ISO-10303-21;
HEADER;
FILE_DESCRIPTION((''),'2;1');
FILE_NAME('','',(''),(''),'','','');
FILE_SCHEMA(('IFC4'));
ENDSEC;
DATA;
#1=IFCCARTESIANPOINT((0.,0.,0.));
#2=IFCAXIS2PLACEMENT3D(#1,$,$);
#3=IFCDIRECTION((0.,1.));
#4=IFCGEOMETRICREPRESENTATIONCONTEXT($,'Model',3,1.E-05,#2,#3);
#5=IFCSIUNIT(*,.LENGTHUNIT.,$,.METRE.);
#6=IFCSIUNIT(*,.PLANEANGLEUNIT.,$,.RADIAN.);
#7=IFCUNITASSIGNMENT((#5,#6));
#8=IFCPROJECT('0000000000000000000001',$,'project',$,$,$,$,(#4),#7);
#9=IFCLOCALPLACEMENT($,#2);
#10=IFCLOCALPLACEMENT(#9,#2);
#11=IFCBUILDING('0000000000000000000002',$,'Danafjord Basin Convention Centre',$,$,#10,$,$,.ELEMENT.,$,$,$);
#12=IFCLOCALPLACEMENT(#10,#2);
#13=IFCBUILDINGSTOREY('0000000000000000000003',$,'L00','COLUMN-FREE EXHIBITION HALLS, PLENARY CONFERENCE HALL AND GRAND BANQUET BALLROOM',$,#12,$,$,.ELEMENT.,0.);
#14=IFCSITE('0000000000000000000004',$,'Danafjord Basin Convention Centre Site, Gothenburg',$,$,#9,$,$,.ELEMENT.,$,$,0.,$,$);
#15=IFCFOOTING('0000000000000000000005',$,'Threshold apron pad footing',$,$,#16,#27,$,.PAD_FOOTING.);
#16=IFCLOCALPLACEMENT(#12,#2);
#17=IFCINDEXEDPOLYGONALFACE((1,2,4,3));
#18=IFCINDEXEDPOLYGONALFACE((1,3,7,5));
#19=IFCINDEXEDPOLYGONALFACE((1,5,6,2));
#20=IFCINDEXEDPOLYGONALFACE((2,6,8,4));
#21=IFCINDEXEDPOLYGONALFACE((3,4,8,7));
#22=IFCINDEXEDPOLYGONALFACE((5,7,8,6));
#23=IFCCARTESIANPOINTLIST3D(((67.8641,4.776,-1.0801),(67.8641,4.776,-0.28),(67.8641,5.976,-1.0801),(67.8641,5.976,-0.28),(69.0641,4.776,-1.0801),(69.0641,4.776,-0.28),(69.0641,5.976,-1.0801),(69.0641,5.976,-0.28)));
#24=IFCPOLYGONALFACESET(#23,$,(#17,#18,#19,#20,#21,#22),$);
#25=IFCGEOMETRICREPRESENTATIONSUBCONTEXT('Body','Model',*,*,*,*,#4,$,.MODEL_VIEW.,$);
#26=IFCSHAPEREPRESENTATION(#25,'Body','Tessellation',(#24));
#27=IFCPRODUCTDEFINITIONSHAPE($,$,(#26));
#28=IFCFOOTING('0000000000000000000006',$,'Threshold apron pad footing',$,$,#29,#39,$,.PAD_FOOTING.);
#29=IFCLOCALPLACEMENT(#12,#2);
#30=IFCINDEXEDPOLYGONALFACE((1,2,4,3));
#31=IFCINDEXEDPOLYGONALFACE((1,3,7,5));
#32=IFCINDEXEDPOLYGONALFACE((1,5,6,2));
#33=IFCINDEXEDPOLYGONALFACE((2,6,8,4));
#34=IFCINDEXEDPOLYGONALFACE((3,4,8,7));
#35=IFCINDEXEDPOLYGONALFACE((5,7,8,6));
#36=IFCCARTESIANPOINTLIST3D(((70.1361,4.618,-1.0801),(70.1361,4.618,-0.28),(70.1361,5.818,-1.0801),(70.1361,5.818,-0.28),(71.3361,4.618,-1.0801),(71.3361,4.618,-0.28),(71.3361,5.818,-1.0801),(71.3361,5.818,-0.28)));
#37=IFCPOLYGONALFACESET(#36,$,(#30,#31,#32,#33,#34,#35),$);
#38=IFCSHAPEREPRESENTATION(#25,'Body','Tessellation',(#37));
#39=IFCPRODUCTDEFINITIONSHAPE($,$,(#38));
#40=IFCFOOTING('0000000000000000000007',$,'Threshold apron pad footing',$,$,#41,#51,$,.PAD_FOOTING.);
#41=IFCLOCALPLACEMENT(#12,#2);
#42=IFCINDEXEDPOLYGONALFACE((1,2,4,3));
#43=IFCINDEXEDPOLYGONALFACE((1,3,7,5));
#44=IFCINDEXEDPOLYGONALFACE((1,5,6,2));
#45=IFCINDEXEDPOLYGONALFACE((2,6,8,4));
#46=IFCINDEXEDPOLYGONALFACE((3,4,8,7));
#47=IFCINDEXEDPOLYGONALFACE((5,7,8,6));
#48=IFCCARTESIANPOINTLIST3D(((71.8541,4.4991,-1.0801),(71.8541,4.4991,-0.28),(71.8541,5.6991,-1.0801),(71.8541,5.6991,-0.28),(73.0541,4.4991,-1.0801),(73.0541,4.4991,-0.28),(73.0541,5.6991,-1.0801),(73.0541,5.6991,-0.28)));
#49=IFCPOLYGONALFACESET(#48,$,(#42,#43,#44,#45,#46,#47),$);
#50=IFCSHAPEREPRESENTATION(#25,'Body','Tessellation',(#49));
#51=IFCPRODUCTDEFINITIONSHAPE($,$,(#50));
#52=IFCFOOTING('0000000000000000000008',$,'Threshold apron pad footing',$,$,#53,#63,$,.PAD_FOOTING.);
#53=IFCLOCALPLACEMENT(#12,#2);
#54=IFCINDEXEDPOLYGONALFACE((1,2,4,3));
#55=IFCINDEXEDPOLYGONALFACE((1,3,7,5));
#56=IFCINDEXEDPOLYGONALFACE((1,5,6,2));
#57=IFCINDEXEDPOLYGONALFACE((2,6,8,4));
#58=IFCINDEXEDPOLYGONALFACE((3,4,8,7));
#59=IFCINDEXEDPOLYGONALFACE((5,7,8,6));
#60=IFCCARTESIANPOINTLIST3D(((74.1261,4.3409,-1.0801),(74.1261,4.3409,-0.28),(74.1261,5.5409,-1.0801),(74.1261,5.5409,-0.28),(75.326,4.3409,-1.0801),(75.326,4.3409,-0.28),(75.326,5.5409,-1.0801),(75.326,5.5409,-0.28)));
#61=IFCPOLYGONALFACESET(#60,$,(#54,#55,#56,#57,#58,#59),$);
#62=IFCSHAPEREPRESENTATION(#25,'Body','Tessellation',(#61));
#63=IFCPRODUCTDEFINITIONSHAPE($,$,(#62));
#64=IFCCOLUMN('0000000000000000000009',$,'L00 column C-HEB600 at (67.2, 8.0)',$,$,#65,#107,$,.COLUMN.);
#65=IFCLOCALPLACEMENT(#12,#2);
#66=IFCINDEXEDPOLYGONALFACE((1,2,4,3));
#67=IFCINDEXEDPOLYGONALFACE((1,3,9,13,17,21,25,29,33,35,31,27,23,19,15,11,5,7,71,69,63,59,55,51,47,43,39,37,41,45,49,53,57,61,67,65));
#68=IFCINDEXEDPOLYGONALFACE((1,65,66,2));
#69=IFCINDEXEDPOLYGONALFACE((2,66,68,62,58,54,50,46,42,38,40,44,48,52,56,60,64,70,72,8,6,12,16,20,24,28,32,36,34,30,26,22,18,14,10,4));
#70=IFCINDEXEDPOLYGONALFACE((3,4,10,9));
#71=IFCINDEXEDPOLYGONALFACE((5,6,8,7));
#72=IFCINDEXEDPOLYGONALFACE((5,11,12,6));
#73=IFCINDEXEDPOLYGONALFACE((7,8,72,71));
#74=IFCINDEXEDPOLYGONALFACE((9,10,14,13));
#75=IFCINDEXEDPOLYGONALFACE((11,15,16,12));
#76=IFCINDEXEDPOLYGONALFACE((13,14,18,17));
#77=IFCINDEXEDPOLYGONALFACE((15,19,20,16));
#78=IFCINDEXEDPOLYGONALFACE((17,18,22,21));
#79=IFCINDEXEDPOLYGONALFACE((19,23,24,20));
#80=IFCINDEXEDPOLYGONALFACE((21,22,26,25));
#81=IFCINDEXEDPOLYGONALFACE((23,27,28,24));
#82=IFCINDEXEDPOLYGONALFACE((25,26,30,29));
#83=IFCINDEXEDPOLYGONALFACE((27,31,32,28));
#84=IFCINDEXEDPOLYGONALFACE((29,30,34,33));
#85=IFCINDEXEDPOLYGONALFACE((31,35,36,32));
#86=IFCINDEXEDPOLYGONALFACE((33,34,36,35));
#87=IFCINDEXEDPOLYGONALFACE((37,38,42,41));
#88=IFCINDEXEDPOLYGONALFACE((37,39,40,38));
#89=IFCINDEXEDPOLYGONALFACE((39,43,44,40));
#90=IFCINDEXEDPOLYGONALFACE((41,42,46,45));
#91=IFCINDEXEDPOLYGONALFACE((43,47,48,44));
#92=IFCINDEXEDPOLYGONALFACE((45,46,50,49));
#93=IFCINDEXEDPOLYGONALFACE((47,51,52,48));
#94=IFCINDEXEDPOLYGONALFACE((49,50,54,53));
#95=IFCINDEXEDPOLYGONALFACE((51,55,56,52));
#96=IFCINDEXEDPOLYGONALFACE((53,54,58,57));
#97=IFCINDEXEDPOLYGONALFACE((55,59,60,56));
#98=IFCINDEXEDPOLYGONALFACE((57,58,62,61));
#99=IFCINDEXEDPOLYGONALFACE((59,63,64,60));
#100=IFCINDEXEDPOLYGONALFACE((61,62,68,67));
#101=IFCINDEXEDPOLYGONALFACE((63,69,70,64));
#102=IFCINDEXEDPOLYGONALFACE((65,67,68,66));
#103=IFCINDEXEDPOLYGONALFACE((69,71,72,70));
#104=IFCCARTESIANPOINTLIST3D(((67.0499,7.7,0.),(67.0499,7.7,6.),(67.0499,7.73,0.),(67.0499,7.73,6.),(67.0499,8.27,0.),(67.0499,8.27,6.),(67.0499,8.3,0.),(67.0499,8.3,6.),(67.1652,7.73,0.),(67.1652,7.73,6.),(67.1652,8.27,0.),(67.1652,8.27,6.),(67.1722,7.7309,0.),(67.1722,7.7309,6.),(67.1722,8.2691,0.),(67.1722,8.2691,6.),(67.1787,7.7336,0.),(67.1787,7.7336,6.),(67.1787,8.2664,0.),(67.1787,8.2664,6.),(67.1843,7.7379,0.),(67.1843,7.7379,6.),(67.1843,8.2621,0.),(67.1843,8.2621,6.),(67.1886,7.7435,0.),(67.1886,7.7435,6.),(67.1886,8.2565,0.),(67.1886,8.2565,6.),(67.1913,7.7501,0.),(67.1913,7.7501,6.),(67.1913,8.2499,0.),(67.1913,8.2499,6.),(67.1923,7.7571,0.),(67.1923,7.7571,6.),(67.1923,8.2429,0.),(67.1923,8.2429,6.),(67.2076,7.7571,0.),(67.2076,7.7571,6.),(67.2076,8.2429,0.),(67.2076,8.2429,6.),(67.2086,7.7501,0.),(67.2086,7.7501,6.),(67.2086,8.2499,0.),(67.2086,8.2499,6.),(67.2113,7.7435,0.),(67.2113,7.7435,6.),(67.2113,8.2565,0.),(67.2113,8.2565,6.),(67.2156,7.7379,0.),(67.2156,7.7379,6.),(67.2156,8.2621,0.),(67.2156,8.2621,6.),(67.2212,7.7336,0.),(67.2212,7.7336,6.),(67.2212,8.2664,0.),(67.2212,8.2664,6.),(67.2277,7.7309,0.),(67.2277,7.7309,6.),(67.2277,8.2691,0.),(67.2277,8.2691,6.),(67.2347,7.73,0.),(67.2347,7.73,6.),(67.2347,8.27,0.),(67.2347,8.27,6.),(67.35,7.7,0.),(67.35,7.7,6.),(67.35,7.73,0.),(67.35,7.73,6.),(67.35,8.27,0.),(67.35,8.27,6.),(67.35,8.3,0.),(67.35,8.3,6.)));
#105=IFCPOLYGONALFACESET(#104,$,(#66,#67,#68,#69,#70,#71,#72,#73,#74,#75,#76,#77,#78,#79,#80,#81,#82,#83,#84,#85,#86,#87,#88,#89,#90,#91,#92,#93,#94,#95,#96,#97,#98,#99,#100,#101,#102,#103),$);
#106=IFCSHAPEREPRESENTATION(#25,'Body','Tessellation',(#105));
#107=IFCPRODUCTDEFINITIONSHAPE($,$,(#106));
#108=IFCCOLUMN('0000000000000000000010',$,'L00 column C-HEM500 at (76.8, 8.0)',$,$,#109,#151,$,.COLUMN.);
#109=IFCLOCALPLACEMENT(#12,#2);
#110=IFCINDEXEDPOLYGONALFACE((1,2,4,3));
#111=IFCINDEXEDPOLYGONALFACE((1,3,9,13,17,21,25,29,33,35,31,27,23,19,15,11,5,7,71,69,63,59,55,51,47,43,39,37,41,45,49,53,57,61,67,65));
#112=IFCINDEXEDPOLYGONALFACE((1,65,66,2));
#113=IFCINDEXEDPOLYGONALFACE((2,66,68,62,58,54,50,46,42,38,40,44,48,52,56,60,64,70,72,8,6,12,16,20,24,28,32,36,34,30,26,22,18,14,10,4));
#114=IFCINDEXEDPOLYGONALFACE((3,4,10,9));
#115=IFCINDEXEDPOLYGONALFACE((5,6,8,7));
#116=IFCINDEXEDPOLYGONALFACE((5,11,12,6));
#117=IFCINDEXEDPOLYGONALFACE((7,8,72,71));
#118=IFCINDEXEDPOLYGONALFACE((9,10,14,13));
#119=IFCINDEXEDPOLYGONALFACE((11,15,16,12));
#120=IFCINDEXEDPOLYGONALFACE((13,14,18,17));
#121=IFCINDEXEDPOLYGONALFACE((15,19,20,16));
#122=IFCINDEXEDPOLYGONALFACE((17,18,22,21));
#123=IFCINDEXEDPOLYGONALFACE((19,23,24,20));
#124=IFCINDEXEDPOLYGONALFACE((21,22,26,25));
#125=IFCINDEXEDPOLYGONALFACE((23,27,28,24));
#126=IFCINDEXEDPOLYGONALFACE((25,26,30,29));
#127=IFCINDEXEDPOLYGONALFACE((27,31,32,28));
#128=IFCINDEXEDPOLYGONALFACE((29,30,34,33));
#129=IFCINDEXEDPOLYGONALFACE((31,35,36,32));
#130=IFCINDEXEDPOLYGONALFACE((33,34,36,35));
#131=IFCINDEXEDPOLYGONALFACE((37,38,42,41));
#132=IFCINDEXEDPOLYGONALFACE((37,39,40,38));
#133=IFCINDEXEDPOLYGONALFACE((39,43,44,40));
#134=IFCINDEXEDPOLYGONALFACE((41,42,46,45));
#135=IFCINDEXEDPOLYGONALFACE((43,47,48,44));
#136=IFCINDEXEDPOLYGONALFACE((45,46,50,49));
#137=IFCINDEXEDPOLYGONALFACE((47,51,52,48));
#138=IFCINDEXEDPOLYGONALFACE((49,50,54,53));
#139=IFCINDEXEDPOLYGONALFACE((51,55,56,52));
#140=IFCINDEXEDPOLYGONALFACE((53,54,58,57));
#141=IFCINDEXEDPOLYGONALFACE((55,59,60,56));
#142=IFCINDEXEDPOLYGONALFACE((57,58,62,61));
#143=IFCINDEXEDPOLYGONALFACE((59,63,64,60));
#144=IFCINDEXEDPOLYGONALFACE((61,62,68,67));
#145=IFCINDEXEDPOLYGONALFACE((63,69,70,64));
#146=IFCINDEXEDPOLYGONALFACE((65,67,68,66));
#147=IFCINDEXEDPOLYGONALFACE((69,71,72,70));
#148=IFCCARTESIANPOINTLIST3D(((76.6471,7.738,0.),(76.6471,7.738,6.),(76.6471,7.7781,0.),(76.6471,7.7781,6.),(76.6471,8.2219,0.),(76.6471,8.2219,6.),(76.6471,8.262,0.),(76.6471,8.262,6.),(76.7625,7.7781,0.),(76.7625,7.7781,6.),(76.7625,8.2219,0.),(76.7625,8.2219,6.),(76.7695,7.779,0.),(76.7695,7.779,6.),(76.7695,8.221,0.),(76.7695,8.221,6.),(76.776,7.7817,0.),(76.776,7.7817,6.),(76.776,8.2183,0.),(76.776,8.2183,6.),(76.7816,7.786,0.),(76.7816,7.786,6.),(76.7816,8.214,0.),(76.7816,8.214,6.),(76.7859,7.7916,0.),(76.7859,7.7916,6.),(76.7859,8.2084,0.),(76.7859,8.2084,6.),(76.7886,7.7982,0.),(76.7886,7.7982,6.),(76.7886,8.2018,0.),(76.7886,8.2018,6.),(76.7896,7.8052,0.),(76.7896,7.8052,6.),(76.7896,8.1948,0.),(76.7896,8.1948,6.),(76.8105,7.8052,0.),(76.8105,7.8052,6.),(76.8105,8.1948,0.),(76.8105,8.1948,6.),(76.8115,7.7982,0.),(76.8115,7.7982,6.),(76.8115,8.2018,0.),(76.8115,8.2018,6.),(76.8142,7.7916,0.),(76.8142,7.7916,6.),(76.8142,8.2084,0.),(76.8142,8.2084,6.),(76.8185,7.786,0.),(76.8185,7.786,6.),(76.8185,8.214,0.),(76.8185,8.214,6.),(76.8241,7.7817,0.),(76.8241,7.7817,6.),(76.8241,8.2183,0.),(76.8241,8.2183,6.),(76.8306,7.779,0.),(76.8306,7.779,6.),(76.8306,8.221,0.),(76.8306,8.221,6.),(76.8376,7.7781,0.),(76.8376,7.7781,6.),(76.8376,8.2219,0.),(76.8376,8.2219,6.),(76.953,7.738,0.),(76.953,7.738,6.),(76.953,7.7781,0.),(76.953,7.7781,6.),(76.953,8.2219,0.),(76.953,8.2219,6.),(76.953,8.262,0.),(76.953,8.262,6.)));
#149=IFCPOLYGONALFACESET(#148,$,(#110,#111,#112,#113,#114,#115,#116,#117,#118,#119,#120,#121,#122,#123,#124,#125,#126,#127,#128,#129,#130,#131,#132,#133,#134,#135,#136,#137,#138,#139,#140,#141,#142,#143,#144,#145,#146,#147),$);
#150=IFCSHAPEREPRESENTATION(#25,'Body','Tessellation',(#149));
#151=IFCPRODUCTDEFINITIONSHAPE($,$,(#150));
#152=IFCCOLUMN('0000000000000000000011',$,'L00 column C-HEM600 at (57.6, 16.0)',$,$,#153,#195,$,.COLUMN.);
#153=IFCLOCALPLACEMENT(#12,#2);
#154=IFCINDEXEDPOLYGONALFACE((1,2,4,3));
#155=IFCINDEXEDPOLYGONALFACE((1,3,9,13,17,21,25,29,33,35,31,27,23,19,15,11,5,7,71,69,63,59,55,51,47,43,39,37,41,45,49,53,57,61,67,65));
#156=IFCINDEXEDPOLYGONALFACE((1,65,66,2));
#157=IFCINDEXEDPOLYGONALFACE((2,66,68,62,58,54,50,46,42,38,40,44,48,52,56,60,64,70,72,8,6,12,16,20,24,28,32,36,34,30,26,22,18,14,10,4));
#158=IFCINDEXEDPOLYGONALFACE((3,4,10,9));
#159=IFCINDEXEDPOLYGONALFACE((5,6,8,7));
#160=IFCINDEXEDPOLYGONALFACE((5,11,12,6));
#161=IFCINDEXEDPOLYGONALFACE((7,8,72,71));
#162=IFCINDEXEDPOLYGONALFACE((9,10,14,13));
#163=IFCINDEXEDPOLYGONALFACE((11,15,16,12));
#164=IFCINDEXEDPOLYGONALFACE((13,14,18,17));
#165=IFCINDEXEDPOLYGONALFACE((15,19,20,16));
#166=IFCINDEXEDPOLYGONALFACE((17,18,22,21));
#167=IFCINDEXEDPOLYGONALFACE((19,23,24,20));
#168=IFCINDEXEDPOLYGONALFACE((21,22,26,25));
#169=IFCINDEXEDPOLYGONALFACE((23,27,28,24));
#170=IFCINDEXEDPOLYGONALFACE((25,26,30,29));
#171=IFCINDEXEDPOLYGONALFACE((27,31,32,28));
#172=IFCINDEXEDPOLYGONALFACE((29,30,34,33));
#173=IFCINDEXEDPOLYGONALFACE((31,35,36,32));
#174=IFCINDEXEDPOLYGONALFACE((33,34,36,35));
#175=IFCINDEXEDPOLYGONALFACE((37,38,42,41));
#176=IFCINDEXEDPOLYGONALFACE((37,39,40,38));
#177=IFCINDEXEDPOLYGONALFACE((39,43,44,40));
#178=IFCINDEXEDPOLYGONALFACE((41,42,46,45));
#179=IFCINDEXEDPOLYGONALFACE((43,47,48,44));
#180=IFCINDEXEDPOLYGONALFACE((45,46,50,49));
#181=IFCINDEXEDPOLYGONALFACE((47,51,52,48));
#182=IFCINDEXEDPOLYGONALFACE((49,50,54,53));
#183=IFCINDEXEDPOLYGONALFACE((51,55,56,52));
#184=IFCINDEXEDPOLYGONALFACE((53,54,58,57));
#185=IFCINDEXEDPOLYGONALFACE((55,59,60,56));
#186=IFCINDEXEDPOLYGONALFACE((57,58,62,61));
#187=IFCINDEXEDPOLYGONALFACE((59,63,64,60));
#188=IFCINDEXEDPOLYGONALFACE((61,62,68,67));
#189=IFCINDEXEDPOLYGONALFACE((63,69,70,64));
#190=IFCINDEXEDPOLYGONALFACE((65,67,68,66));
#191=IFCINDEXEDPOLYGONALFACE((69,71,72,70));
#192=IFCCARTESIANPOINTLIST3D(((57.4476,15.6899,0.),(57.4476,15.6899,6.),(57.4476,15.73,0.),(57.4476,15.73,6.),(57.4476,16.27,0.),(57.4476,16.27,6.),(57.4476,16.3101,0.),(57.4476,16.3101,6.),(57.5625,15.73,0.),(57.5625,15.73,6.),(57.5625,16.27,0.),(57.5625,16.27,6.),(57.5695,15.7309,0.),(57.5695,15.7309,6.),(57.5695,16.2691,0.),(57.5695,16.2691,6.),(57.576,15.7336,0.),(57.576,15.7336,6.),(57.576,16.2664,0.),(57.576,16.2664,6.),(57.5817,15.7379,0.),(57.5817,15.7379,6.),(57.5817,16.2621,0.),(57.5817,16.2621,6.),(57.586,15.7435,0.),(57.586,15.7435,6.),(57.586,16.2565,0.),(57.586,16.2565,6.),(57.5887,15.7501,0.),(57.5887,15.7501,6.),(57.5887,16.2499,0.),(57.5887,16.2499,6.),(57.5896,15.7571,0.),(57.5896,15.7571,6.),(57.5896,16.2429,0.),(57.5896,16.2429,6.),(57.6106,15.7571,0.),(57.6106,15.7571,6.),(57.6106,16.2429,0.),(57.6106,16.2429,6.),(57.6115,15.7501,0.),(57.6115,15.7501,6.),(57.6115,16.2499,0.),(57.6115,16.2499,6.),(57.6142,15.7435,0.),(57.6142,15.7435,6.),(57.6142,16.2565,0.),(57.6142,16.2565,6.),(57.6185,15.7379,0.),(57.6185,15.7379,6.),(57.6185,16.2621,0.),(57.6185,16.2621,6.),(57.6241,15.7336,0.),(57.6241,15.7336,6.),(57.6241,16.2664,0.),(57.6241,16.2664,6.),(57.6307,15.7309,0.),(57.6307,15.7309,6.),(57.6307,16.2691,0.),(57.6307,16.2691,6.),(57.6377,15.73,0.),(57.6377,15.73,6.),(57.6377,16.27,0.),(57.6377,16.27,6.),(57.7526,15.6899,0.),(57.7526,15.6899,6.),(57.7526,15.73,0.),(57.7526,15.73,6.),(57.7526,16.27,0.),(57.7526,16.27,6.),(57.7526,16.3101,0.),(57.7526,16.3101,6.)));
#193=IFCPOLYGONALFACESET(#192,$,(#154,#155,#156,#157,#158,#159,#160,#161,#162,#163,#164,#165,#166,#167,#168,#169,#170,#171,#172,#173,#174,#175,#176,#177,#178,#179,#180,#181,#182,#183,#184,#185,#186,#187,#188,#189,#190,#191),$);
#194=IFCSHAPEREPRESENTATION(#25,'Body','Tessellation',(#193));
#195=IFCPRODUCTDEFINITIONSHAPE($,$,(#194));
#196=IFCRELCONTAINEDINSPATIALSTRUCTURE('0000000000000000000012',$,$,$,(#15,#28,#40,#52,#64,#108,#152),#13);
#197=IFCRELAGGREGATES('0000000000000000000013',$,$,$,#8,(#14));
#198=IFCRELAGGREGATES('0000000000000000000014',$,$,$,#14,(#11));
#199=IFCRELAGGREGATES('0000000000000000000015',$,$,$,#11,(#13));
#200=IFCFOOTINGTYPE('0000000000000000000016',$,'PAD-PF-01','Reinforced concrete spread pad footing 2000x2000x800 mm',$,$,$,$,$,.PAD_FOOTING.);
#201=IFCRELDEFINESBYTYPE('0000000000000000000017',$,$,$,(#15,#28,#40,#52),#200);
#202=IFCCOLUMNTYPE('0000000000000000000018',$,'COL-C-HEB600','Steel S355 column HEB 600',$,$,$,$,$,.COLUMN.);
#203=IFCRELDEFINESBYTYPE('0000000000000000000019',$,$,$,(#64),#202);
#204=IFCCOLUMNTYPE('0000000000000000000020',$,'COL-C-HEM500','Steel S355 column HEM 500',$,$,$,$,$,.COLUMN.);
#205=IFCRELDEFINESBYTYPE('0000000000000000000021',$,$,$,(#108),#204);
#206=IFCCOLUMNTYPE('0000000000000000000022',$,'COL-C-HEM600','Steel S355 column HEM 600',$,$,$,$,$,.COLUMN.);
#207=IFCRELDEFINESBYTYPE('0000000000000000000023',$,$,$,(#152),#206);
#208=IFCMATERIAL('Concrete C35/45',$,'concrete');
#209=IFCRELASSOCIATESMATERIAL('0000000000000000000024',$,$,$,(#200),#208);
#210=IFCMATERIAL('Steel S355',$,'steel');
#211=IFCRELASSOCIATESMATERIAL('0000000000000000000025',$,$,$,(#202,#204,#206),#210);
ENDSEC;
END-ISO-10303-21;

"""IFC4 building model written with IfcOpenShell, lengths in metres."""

from ifc_helpers import new_model, si_unit, direction, frame, origin, origin_2d, place, context, subcontext, project, spatial, rectangle, i_section, extrude, material, material_profile, profile_set, type_object, element, save


model = new_model("IFC4")

# Units and contexts
model_context = context("Model", 3, precision=1e-05, world=origin(), true_north=direction((0.0, 1.0)))
body_context = subcontext(model_context, "Body", "Model", "MODEL_VIEW")
ifc_project = project(units=[si_unit("LENGTHUNIT", "METRE"), si_unit("PLANEANGLEUNIT", "RADIAN")], contexts=[model_context])

# Site, building, storey
site_placement = place(None, origin())
site = spatial("IfcSite", under=ifc_project, at=site_placement, Name="Danafjord Basin Convention Centre Site, Gothenburg", CompositionType="ELEMENT", RefElevation=0.0)
building_placement = place(site_placement, origin())
building = spatial("IfcBuilding", under=site, at=building_placement, Name="Danafjord Basin Convention Centre", CompositionType="ELEMENT")
storey_placement = place(building_placement, origin())
storey = spatial("IfcBuildingStorey", under=building, at=storey_placement, Name="L00", Description="COLUMN-FREE EXHIBITION HALLS, PLENARY CONFERENCE HALL AND GRAND BANQUET BALLROOM", CompositionType="ELEMENT", Elevation=0.0)

# Footings
ifc_material_1 = material(Name="Concrete C35/45", Category="concrete")
footing_type = type_object("IfcFootingType", Name="PAD-PF-01", Description="Reinforced concrete spread pad footing 2000x2000x800 mm", PredefinedType="PAD_FOOTING", material=ifc_material_1)
for number, where, z_axis, x_axis, name in (
    (1, (68.4641, 5.376, -1.0801), (0.0, 0.0, 1.0), (1.0, 0.0, 0.0), "Threshold apron pad footing"),
    (2, (70.7361, 5.218, -1.0801), (0.0, 0.0, 1.0), (1.0, 0.0, 0.0), "Threshold apron pad footing"),
    (3, (72.4541, 5.0991, -1.0801), (0.0, 0.0, 1.0), (1.0, 0.0, 0.0), "Threshold apron pad footing"),
    (4, (74.7261, 4.9409, -1.0801), (0.0, 0.0, 1.0), (1.0, 0.0, 0.0), "Threshold apron pad footing"),
):
    element("IfcFooting", number, at=place(storey_placement, frame(where, z_axis=z_axis, x_axis=x_axis)), inside=storey, type_object=footing_type, Name=name, PredefinedType="PAD_FOOTING", context=body_context, shape_type="SweptSolid", body=[
        extrude(rectangle(XDim=1.2, YDim=1.2, at=origin_2d()), origin(), (0.0, 0.0, 1.0), 0.8),
    ])

# Columns
ifc_material_2 = material(Name="Steel S355", Category="steel")
ifc_material_profile_1 = material_profile(ifc_material_2, i_section(OverallWidth=0.3, OverallDepth=0.6001, WebThickness=0.0154, FlangeThickness=0.03, FilletRadius=0.0271, at=origin_2d()), Name="HEB 600")
ifc_profile_set_1 = profile_set([ifc_material_profile_1], Name="Steel S355")
column_type_1 = type_object("IfcColumnType", Name="COL-C-HEB600", Description="Steel S355 column HEB 600", PredefinedType="COLUMN", material=ifc_profile_set_1)
column_1_placement = place(storey_placement, frame((67.2, 8.0, 0.0), z_axis=(0.0, 0.0, 1.0), x_axis=(1.0, 0.0, 0.0)))
element("IfcColumn", 5, at=column_1_placement, inside=storey, type_object=column_type_1, Name="L00 column C-HEB600 at (67.2, 8.0)", PredefinedType="COLUMN", context=body_context, shape_type="SweptSolid", body=[
    extrude(i_section(OverallWidth=0.3, OverallDepth=0.6001, WebThickness=0.0154, FlangeThickness=0.03, FilletRadius=0.0271, at=origin_2d()), origin(), (0.0, 0.0, 1.0), 6.0),
])
ifc_material_profile_2 = material_profile(ifc_material_2, i_section(OverallWidth=0.3059, OverallDepth=0.5239, WebThickness=0.021, FlangeThickness=0.04, FilletRadius=0.0271, at=origin_2d()), Name="HEM 500")
ifc_profile_set_2 = profile_set([ifc_material_profile_2], Name="Steel S355")
column_type_2 = type_object("IfcColumnType", Name="COL-C-HEM500", Description="Steel S355 column HEM 500", PredefinedType="COLUMN", material=ifc_profile_set_2)
column_2_placement = place(storey_placement, frame((76.8, 8.0, 0.0), z_axis=(0.0, 0.0, 1.0), x_axis=(1.0, 0.0, 0.0)))
element("IfcColumn", 6, at=column_2_placement, inside=storey, type_object=column_type_2, Name="L00 column C-HEM500 at (76.8, 8.0)", PredefinedType="COLUMN", context=body_context, shape_type="SweptSolid", body=[
    extrude(i_section(OverallWidth=0.3059, OverallDepth=0.5239, WebThickness=0.021, FlangeThickness=0.04, FilletRadius=0.0271, at=origin_2d()), origin(), (0.0, 0.0, 1.0), 6.0),
])
ifc_material_profile_3 = material_profile(ifc_material_2, i_section(OverallWidth=0.3049, OverallDepth=0.6201, WebThickness=0.021, FlangeThickness=0.04, FilletRadius=0.0271, at=origin_2d()), Name="HEM 600")
ifc_profile_set_3 = profile_set([ifc_material_profile_3], Name="Steel S355")
column_type_3 = type_object("IfcColumnType", Name="COL-C-HEM600", Description="Steel S355 column HEM 600", PredefinedType="COLUMN", material=ifc_profile_set_3)
column_3_placement = place(storey_placement, frame((57.6001, 16.0, 0.0), z_axis=(0.0, 0.0, 1.0), x_axis=(1.0, 0.0, 0.0)))
element("IfcColumn", 7, at=column_3_placement, inside=storey, type_object=column_type_3, Name="L00 column C-HEM600 at (57.6, 16.0)", PredefinedType="COLUMN", context=body_context, shape_type="SweptSolid", body=[
    extrude(i_section(OverallWidth=0.3049, OverallDepth=0.6201, WebThickness=0.021, FlangeThickness=0.04, FilletRadius=0.0271, at=origin_2d()), origin(), (0.0, 0.0, 1.0), 6.0),
])

save(model, "model.ifc")
